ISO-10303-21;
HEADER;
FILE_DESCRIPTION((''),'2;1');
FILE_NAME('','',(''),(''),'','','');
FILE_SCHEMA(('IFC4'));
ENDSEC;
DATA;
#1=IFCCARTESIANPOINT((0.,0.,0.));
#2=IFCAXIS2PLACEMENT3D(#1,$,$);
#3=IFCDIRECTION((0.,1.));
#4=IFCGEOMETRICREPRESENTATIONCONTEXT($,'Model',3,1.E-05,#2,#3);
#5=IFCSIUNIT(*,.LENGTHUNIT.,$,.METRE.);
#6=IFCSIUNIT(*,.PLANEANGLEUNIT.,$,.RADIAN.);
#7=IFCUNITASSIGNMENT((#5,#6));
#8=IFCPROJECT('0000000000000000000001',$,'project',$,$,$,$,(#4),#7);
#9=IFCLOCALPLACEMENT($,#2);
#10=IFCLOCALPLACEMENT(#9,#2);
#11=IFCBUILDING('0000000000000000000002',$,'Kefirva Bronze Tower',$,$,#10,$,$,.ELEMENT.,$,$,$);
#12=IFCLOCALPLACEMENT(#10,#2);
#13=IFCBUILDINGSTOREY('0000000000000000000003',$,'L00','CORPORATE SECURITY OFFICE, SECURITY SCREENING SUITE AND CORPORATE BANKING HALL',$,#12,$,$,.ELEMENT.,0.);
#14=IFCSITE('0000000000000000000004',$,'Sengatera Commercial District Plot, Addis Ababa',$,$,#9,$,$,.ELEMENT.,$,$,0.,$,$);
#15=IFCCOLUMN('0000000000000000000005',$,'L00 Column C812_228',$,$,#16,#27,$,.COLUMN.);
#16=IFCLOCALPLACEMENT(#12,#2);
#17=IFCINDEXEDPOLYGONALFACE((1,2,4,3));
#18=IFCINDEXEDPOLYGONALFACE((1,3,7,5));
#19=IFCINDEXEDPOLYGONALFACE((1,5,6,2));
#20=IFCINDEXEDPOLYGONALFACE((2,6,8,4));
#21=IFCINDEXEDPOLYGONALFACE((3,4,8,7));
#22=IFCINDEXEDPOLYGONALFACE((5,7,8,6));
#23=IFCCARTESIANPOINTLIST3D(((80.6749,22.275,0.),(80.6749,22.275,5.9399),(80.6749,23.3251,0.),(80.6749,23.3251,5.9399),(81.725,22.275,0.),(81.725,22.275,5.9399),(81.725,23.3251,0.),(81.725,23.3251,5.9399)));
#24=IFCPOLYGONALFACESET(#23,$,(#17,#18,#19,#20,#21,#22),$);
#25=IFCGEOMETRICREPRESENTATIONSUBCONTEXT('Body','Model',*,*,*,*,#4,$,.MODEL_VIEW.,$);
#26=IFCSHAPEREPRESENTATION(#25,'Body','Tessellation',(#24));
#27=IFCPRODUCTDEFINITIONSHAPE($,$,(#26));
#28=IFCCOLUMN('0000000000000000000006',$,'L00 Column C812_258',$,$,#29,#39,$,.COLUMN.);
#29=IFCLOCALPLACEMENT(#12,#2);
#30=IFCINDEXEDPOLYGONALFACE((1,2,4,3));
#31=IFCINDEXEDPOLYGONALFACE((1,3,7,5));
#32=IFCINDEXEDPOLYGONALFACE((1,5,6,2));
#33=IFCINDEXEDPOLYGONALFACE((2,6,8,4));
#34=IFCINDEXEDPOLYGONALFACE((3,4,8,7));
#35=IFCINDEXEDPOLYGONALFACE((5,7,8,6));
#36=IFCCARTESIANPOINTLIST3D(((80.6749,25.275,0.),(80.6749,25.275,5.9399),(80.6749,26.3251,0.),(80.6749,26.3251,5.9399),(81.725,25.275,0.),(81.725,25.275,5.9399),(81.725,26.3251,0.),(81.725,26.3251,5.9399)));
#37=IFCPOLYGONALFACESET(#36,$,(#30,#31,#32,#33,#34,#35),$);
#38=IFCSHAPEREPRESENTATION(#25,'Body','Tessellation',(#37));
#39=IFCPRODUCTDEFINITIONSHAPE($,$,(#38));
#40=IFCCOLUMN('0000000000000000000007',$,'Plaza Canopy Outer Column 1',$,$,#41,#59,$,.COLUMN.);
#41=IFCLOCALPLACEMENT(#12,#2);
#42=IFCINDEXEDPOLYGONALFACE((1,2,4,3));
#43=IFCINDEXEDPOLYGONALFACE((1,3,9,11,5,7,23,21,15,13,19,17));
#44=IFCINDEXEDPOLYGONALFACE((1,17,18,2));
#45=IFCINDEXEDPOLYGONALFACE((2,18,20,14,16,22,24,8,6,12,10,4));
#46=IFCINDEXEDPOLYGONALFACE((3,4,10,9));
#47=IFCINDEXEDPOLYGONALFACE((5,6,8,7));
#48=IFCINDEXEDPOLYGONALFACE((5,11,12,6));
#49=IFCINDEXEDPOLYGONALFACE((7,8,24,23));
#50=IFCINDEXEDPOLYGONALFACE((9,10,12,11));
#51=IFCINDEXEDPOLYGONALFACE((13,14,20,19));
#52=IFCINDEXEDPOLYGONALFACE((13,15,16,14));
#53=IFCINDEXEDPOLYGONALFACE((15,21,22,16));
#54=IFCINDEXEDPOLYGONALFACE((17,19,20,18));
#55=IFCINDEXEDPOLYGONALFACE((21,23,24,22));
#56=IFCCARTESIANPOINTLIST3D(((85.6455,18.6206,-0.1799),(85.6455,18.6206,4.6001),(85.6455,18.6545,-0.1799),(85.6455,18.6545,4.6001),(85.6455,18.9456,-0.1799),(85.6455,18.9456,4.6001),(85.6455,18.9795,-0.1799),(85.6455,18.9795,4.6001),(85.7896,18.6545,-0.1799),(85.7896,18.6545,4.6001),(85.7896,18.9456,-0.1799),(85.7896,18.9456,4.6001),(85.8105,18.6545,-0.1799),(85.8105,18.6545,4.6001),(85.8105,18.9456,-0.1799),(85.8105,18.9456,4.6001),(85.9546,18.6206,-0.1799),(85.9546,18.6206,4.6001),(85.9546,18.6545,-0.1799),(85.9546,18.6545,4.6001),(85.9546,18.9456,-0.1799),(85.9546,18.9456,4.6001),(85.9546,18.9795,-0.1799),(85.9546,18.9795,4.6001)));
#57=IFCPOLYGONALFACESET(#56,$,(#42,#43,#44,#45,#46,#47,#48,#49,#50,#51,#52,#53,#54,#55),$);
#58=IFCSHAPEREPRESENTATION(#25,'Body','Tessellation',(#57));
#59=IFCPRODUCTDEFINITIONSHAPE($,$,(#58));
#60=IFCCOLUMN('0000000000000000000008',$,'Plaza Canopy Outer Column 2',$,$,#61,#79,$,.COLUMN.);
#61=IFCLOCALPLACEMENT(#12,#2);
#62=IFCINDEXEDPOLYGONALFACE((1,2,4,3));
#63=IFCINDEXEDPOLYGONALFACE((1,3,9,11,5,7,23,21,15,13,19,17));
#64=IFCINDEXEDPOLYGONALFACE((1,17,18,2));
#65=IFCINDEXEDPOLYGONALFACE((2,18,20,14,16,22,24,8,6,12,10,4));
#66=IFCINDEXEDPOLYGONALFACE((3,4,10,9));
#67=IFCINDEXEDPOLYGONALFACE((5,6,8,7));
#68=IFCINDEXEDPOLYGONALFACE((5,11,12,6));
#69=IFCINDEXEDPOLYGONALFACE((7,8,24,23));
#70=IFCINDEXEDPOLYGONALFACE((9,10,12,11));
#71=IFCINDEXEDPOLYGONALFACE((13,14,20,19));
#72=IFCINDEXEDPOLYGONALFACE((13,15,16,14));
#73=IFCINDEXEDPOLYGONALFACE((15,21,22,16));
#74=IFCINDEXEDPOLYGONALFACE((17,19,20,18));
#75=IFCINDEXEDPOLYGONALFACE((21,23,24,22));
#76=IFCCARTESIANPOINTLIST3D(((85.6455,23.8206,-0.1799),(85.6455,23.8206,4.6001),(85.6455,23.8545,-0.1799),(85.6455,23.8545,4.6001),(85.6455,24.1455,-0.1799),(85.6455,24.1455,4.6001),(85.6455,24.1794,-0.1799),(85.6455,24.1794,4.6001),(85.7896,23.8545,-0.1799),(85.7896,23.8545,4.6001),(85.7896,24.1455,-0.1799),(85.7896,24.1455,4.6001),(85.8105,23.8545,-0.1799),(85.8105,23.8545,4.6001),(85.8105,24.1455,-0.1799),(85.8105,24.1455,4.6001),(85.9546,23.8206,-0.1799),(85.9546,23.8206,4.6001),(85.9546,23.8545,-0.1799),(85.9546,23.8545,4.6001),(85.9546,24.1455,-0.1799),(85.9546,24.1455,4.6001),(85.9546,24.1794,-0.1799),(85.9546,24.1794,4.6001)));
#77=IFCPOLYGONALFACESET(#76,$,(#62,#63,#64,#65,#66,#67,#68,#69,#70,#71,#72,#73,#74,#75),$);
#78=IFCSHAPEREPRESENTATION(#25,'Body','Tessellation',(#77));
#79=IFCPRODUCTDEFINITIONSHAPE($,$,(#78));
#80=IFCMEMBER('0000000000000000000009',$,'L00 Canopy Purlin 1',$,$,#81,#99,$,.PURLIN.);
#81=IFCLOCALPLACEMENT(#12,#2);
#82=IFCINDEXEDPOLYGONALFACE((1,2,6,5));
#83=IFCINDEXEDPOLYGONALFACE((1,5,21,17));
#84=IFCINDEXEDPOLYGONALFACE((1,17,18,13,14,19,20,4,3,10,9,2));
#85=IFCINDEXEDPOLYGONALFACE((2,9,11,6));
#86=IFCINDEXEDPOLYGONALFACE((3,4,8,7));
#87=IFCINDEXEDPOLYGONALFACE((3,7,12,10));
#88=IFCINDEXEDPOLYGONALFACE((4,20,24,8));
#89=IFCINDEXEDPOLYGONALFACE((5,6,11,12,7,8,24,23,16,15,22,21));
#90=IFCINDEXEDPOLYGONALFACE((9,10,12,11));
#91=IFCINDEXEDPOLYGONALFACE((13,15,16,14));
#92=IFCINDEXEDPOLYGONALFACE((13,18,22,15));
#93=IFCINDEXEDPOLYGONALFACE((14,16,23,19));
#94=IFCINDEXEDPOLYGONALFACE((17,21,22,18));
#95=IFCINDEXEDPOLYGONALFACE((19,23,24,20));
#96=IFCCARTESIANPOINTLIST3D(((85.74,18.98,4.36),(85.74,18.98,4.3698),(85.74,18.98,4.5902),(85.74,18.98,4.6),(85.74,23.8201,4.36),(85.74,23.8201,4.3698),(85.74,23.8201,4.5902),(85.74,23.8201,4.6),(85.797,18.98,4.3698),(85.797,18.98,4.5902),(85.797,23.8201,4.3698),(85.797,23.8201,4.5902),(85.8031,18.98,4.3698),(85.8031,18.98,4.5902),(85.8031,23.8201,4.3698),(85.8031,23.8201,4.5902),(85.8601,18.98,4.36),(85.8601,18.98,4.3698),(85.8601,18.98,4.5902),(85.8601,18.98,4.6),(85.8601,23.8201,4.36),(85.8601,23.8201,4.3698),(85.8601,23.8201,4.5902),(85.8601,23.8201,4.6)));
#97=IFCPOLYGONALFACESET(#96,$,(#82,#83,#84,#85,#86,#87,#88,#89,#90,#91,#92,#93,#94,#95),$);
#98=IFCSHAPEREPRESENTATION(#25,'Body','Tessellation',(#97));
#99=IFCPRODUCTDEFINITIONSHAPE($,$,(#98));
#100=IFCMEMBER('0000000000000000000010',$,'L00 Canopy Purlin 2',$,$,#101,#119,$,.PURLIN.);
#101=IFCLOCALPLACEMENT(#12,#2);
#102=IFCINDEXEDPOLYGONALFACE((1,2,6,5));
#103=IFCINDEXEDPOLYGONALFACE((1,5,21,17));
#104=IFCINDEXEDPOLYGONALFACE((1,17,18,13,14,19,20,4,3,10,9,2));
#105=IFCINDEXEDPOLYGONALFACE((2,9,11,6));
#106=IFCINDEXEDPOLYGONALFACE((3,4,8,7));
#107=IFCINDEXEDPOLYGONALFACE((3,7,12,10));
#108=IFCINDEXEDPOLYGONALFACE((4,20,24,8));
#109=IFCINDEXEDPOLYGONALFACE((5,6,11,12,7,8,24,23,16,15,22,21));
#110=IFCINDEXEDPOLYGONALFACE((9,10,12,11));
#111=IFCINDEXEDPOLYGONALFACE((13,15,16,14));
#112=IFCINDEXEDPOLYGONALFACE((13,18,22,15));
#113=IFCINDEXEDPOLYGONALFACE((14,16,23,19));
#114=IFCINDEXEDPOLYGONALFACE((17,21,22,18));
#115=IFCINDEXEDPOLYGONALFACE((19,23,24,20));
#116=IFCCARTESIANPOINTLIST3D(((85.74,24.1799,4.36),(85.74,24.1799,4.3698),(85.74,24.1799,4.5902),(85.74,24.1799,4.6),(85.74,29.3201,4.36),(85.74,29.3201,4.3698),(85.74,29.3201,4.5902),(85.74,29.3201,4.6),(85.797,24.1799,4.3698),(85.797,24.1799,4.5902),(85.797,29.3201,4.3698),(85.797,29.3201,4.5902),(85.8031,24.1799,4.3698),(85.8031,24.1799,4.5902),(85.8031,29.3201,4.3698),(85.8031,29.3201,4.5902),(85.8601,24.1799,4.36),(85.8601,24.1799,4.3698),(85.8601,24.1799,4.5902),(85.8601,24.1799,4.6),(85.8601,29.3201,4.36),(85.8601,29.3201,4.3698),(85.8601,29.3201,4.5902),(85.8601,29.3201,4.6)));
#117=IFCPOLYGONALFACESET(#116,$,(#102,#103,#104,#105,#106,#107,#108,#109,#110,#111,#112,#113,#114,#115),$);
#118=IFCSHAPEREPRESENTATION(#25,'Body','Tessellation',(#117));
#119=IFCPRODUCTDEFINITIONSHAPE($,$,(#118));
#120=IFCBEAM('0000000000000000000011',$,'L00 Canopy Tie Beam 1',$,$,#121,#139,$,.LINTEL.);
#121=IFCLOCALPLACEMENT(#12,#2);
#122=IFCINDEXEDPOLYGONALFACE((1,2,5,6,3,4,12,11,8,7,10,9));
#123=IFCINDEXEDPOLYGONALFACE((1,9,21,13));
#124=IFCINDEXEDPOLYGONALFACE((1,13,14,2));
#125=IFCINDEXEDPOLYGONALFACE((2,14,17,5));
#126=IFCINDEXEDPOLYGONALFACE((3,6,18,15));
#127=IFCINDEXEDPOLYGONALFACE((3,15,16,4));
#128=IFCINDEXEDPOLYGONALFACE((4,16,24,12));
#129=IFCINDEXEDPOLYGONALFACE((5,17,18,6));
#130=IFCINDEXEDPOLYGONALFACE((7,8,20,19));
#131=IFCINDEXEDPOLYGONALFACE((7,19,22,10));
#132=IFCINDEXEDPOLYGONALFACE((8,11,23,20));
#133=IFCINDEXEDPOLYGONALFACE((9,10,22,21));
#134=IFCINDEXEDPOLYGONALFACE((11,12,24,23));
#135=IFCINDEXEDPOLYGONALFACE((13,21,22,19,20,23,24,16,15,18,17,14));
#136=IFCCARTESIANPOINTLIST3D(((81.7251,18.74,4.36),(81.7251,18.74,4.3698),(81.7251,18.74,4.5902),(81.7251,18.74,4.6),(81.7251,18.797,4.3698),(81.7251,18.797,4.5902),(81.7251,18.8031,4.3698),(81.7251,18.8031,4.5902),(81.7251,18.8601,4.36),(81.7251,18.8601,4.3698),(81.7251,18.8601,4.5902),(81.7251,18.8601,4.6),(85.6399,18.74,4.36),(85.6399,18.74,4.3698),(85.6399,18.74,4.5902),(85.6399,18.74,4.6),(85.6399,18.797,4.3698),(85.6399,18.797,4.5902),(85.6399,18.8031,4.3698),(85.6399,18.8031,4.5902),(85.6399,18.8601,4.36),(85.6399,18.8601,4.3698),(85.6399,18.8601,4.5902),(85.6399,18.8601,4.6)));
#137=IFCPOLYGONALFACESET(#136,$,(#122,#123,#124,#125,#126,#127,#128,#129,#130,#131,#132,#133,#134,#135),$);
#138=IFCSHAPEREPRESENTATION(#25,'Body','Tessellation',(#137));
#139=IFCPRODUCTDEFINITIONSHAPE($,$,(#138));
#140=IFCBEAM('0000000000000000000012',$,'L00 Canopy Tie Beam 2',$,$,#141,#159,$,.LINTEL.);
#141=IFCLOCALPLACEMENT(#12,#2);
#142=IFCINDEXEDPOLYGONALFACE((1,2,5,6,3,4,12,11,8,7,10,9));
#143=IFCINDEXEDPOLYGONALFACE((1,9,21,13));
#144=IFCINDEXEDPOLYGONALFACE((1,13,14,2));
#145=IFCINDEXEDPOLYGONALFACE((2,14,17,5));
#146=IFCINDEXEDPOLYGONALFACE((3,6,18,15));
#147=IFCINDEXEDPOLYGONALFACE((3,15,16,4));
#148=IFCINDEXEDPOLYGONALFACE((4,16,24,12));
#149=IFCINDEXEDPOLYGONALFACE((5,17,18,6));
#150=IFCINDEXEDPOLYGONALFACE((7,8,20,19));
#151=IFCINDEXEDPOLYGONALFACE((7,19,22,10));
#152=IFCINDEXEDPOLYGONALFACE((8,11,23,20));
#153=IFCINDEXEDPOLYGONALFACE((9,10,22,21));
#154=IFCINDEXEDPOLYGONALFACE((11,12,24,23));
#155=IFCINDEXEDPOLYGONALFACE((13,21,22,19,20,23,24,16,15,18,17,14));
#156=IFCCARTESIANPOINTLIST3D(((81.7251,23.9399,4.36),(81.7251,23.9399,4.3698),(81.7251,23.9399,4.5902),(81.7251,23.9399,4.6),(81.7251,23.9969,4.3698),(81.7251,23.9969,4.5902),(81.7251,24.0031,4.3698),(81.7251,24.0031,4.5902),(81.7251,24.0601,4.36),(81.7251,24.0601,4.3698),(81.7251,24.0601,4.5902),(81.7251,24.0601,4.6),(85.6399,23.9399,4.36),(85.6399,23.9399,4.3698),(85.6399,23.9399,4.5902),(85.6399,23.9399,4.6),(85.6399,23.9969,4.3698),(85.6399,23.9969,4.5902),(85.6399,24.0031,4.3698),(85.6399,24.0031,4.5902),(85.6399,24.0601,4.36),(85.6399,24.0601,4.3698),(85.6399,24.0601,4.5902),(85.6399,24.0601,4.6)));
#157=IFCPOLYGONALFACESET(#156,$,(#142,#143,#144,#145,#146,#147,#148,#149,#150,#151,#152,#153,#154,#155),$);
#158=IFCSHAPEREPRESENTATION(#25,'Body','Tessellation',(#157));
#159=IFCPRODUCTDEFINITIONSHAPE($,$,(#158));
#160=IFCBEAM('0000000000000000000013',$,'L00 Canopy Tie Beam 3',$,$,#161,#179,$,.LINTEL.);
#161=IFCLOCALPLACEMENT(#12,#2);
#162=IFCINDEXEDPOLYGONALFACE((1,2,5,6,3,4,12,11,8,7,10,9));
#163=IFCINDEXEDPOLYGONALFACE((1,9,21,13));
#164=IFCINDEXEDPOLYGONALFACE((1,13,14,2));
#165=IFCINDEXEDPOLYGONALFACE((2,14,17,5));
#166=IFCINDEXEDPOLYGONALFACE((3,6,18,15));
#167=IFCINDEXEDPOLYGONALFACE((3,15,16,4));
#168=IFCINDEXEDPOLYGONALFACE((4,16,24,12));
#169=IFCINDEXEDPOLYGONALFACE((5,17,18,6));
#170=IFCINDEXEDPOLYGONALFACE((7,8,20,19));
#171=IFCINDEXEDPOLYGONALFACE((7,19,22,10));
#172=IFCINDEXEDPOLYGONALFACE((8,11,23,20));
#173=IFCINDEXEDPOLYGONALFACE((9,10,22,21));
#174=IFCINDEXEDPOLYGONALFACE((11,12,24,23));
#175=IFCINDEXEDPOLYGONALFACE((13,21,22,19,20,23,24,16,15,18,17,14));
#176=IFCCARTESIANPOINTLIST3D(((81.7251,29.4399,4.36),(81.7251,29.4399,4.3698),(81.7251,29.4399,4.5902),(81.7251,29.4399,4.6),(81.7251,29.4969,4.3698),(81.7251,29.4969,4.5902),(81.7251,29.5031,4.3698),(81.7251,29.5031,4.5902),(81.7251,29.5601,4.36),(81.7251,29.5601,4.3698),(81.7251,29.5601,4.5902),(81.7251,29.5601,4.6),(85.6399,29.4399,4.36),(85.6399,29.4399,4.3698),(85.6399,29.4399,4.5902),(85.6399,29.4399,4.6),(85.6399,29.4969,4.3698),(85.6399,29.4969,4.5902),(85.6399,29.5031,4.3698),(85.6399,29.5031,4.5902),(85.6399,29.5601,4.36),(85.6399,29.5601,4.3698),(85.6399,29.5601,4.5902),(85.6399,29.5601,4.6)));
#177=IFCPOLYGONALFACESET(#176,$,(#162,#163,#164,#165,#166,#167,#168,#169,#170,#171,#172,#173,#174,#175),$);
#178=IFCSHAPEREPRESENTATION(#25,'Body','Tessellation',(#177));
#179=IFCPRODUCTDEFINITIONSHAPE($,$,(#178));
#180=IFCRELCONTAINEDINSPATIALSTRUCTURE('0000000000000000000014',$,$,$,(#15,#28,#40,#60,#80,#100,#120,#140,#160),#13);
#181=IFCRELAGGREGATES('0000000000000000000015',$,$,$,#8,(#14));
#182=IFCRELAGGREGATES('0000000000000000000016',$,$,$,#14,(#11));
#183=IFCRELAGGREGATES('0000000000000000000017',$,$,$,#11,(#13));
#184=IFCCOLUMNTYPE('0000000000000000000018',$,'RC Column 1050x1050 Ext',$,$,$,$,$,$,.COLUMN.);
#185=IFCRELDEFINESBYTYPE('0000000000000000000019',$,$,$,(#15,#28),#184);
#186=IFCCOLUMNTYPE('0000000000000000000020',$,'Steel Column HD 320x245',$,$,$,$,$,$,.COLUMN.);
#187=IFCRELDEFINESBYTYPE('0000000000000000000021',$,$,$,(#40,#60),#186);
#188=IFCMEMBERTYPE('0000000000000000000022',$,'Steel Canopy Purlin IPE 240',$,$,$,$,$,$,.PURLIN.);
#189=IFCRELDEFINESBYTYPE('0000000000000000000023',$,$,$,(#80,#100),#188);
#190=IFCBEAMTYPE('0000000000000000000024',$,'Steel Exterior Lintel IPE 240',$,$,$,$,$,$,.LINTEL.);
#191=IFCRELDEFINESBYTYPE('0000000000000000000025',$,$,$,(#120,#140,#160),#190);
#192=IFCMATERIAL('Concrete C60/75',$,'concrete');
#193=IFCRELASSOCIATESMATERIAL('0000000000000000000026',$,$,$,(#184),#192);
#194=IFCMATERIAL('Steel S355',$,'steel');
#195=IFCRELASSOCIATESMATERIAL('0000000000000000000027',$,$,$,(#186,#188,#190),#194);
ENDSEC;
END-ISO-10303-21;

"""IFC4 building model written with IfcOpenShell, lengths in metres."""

from ifc_helpers import new_model, si_unit, direction, frame, origin, origin_2d, place, context, subcontext, project, spatial, rectangle, i_section, extrude, material, material_profile, profile_set, type_object, element, save


model = new_model("IFC4")

# Units and contexts
model_context = context("Model", 3, precision=1e-05, world=origin(), true_north=direction((0.0, 1.0)))
body_context = subcontext(model_context, "Body", "Model", "MODEL_VIEW")
ifc_project = project(units=[si_unit("LENGTHUNIT", "METRE"), si_unit("PLANEANGLEUNIT", "RADIAN")], contexts=[model_context])

# Site, building, storey
site_placement = place(None, origin())
site = spatial("IfcSite", under=ifc_project, at=site_placement, Name="Sengatera Commercial District Plot, Addis Ababa", CompositionType="ELEMENT", RefElevation=0.0)
building_placement = place(site_placement, origin())
building = spatial("IfcBuilding", under=site, at=building_placement, Name="Kefirva Bronze Tower", CompositionType="ELEMENT")
storey_placement = place(building_placement, origin())
storey = spatial("IfcBuildingStorey", under=building, at=storey_placement, Name="L00", Description="CORPORATE SECURITY OFFICE, SECURITY SCREENING SUITE AND CORPORATE BANKING HALL", CompositionType="ELEMENT", Elevation=0.0)

# Columns
ifc_material_1 = material(Name="Concrete C60/75", Category="concrete")
ifc_material_profile_1 = material_profile(ifc_material_1, rectangle(XDim=1.05, YDim=1.05, at=origin_2d()), Name="RC 1050x1050")
ifc_profile_set_1 = profile_set([ifc_material_profile_1], Name="Concrete C60/75")
column_type_1 = type_object("IfcColumnType", Name="RC Column 1050x1050 Ext", PredefinedType="COLUMN", material=ifc_profile_set_1)
for number, where, z_axis, x_axis, name in (
    (1, (81.2, 22.8, 0.0), (0.0, 0.0, 1.0), (1.0, 0.0, 0.0), "L00 Column C812_228"),
    (2, (81.2, 25.8, 0.0), (0.0, 0.0, 1.0), (1.0, 0.0, 0.0), "L00 Column C812_258"),
):
    element("IfcColumn", number, at=place(storey_placement, frame(where, z_axis=z_axis, x_axis=x_axis)), inside=storey, type_object=column_type_1, Name=name, PredefinedType="COLUMN", context=body_context, shape_type="SweptSolid", body=[
        extrude(rectangle(XDim=1.05, YDim=1.05, at=origin_2d()), origin(), (0.0, 0.0, 1.0), 5.9399),
    ])
ifc_material_2 = material(Name="Steel S355", Category="steel")
ifc_material_profile_2 = material_profile(ifc_material_2, i_section(OverallWidth=0.3091, OverallDepth=0.3589, WebThickness=0.021, FlangeThickness=0.0339, at=origin_2d()), Name="HD 320x245")
ifc_profile_set_2 = profile_set([ifc_material_profile_2], Name="Steel S355")
column_type_2 = type_object("IfcColumnType", Name="Steel Column HD 320x245", PredefinedType="COLUMN", material=ifc_profile_set_2)
for number, where, z_axis, x_axis, name in (
    (3, (85.8, 18.8, -0.1799), (0.0, 0.0, 1.0), (1.0, 0.0, 0.0), "Plaza Canopy Outer Column 1"),
    (4, (85.8, 24.0, -0.1799), (0.0, 0.0, 1.0), (1.0, 0.0, 0.0), "Plaza Canopy Outer Column 2"),
):
    element("IfcColumn", number, at=place(storey_placement, frame(where, z_axis=z_axis, x_axis=x_axis)), inside=storey, type_object=column_type_2, Name=name, PredefinedType="COLUMN", context=body_context, shape_type="SweptSolid", body=[
        extrude(i_section(OverallWidth=0.3091, OverallDepth=0.3589, WebThickness=0.021, FlangeThickness=0.0339, at=origin_2d()), origin(), (0.0, 0.0, 1.0), 4.78),
    ])

# Members
ifc_material_profile_3 = material_profile(ifc_material_2, i_section(OverallWidth=0.1201, OverallDepth=0.24, WebThickness=0.0061, FlangeThickness=0.0098, at=origin_2d()), Name="IPE 240")
ifc_profile_set_3 = profile_set([ifc_material_profile_3], Name="Steel S355")
member_type = type_object("IfcMemberType", Name="Steel Canopy Purlin IPE 240", PredefinedType="PURLIN", material=ifc_profile_set_3)
member_1_placement = place(storey_placement, frame((85.8, 18.98, 4.48), z_axis=(0.0, 1.0, 0.0), x_axis=(-1.0, 0.0, 0.0)))
element("IfcMember", 5, at=member_1_placement, inside=storey, type_object=member_type, Name="L00 Canopy Purlin 1", PredefinedType="PURLIN", context=body_context, shape_type="SweptSolid", body=[
    extrude(i_section(OverallWidth=0.1201, OverallDepth=0.24, WebThickness=0.0061, FlangeThickness=0.0098, at=origin_2d()), origin(), (0.0, 0.0, 1.0), 4.8401),
])
member_2_placement = place(storey_placement, frame((85.8, 24.1799, 4.48), z_axis=(0.0, 1.0, 0.0), x_axis=(-1.0, 0.0, 0.0)))
element("IfcMember", 6, at=member_2_placement, inside=storey, type_object=member_type, Name="L00 Canopy Purlin 2", PredefinedType="PURLIN", context=body_context, shape_type="SweptSolid", body=[
    extrude(i_section(OverallWidth=0.1201, OverallDepth=0.24, WebThickness=0.0061, FlangeThickness=0.0098, at=origin_2d()), origin(), (0.0, 0.0, 1.0), 5.1401),
])

# Beams
ifc_material_profile_4 = material_profile(ifc_material_2, i_section(OverallWidth=0.1201, OverallDepth=0.24, WebThickness=0.0061, FlangeThickness=0.0098, at=origin_2d()), Name="IPE 240")
ifc_profile_set_4 = profile_set([ifc_material_profile_4], Name="Steel S355")
beam_type_1 = type_object("IfcBeamType", Name="Steel Exterior Lintel IPE 240", PredefinedType="LINTEL", material=ifc_profile_set_4)
for number, where, z_axis, x_axis, name in (
    (7, (81.7251, 18.8, 4.48), (1.0, 0.0, 0.0), (0.0, 1.0, 0.0), "L00 Canopy Tie Beam 1"),
    (8, (81.7251, 24.0, 4.48), (1.0, 0.0, 0.0), (0.0, 1.0, 0.0), "L00 Canopy Tie Beam 2"),
    (9, (81.7251, 29.5, 4.48), (1.0, 0.0, 0.0), (0.0, 1.0, 0.0), "L00 Canopy Tie Beam 3"),
):
    element("IfcBeam", number, at=place(storey_placement, frame(where, z_axis=z_axis, x_axis=x_axis)), inside=storey, type_object=beam_type_1, Name=name, PredefinedType="LINTEL", context=body_context, shape_type="SweptSolid", body=[
        extrude(i_section(OverallWidth=0.1201, OverallDepth=0.24, WebThickness=0.0061, FlangeThickness=0.0098, at=origin_2d()), origin(), (0.0, 0.0, 1.0), 3.9148),
    ])

save(model, "model.ifc")
